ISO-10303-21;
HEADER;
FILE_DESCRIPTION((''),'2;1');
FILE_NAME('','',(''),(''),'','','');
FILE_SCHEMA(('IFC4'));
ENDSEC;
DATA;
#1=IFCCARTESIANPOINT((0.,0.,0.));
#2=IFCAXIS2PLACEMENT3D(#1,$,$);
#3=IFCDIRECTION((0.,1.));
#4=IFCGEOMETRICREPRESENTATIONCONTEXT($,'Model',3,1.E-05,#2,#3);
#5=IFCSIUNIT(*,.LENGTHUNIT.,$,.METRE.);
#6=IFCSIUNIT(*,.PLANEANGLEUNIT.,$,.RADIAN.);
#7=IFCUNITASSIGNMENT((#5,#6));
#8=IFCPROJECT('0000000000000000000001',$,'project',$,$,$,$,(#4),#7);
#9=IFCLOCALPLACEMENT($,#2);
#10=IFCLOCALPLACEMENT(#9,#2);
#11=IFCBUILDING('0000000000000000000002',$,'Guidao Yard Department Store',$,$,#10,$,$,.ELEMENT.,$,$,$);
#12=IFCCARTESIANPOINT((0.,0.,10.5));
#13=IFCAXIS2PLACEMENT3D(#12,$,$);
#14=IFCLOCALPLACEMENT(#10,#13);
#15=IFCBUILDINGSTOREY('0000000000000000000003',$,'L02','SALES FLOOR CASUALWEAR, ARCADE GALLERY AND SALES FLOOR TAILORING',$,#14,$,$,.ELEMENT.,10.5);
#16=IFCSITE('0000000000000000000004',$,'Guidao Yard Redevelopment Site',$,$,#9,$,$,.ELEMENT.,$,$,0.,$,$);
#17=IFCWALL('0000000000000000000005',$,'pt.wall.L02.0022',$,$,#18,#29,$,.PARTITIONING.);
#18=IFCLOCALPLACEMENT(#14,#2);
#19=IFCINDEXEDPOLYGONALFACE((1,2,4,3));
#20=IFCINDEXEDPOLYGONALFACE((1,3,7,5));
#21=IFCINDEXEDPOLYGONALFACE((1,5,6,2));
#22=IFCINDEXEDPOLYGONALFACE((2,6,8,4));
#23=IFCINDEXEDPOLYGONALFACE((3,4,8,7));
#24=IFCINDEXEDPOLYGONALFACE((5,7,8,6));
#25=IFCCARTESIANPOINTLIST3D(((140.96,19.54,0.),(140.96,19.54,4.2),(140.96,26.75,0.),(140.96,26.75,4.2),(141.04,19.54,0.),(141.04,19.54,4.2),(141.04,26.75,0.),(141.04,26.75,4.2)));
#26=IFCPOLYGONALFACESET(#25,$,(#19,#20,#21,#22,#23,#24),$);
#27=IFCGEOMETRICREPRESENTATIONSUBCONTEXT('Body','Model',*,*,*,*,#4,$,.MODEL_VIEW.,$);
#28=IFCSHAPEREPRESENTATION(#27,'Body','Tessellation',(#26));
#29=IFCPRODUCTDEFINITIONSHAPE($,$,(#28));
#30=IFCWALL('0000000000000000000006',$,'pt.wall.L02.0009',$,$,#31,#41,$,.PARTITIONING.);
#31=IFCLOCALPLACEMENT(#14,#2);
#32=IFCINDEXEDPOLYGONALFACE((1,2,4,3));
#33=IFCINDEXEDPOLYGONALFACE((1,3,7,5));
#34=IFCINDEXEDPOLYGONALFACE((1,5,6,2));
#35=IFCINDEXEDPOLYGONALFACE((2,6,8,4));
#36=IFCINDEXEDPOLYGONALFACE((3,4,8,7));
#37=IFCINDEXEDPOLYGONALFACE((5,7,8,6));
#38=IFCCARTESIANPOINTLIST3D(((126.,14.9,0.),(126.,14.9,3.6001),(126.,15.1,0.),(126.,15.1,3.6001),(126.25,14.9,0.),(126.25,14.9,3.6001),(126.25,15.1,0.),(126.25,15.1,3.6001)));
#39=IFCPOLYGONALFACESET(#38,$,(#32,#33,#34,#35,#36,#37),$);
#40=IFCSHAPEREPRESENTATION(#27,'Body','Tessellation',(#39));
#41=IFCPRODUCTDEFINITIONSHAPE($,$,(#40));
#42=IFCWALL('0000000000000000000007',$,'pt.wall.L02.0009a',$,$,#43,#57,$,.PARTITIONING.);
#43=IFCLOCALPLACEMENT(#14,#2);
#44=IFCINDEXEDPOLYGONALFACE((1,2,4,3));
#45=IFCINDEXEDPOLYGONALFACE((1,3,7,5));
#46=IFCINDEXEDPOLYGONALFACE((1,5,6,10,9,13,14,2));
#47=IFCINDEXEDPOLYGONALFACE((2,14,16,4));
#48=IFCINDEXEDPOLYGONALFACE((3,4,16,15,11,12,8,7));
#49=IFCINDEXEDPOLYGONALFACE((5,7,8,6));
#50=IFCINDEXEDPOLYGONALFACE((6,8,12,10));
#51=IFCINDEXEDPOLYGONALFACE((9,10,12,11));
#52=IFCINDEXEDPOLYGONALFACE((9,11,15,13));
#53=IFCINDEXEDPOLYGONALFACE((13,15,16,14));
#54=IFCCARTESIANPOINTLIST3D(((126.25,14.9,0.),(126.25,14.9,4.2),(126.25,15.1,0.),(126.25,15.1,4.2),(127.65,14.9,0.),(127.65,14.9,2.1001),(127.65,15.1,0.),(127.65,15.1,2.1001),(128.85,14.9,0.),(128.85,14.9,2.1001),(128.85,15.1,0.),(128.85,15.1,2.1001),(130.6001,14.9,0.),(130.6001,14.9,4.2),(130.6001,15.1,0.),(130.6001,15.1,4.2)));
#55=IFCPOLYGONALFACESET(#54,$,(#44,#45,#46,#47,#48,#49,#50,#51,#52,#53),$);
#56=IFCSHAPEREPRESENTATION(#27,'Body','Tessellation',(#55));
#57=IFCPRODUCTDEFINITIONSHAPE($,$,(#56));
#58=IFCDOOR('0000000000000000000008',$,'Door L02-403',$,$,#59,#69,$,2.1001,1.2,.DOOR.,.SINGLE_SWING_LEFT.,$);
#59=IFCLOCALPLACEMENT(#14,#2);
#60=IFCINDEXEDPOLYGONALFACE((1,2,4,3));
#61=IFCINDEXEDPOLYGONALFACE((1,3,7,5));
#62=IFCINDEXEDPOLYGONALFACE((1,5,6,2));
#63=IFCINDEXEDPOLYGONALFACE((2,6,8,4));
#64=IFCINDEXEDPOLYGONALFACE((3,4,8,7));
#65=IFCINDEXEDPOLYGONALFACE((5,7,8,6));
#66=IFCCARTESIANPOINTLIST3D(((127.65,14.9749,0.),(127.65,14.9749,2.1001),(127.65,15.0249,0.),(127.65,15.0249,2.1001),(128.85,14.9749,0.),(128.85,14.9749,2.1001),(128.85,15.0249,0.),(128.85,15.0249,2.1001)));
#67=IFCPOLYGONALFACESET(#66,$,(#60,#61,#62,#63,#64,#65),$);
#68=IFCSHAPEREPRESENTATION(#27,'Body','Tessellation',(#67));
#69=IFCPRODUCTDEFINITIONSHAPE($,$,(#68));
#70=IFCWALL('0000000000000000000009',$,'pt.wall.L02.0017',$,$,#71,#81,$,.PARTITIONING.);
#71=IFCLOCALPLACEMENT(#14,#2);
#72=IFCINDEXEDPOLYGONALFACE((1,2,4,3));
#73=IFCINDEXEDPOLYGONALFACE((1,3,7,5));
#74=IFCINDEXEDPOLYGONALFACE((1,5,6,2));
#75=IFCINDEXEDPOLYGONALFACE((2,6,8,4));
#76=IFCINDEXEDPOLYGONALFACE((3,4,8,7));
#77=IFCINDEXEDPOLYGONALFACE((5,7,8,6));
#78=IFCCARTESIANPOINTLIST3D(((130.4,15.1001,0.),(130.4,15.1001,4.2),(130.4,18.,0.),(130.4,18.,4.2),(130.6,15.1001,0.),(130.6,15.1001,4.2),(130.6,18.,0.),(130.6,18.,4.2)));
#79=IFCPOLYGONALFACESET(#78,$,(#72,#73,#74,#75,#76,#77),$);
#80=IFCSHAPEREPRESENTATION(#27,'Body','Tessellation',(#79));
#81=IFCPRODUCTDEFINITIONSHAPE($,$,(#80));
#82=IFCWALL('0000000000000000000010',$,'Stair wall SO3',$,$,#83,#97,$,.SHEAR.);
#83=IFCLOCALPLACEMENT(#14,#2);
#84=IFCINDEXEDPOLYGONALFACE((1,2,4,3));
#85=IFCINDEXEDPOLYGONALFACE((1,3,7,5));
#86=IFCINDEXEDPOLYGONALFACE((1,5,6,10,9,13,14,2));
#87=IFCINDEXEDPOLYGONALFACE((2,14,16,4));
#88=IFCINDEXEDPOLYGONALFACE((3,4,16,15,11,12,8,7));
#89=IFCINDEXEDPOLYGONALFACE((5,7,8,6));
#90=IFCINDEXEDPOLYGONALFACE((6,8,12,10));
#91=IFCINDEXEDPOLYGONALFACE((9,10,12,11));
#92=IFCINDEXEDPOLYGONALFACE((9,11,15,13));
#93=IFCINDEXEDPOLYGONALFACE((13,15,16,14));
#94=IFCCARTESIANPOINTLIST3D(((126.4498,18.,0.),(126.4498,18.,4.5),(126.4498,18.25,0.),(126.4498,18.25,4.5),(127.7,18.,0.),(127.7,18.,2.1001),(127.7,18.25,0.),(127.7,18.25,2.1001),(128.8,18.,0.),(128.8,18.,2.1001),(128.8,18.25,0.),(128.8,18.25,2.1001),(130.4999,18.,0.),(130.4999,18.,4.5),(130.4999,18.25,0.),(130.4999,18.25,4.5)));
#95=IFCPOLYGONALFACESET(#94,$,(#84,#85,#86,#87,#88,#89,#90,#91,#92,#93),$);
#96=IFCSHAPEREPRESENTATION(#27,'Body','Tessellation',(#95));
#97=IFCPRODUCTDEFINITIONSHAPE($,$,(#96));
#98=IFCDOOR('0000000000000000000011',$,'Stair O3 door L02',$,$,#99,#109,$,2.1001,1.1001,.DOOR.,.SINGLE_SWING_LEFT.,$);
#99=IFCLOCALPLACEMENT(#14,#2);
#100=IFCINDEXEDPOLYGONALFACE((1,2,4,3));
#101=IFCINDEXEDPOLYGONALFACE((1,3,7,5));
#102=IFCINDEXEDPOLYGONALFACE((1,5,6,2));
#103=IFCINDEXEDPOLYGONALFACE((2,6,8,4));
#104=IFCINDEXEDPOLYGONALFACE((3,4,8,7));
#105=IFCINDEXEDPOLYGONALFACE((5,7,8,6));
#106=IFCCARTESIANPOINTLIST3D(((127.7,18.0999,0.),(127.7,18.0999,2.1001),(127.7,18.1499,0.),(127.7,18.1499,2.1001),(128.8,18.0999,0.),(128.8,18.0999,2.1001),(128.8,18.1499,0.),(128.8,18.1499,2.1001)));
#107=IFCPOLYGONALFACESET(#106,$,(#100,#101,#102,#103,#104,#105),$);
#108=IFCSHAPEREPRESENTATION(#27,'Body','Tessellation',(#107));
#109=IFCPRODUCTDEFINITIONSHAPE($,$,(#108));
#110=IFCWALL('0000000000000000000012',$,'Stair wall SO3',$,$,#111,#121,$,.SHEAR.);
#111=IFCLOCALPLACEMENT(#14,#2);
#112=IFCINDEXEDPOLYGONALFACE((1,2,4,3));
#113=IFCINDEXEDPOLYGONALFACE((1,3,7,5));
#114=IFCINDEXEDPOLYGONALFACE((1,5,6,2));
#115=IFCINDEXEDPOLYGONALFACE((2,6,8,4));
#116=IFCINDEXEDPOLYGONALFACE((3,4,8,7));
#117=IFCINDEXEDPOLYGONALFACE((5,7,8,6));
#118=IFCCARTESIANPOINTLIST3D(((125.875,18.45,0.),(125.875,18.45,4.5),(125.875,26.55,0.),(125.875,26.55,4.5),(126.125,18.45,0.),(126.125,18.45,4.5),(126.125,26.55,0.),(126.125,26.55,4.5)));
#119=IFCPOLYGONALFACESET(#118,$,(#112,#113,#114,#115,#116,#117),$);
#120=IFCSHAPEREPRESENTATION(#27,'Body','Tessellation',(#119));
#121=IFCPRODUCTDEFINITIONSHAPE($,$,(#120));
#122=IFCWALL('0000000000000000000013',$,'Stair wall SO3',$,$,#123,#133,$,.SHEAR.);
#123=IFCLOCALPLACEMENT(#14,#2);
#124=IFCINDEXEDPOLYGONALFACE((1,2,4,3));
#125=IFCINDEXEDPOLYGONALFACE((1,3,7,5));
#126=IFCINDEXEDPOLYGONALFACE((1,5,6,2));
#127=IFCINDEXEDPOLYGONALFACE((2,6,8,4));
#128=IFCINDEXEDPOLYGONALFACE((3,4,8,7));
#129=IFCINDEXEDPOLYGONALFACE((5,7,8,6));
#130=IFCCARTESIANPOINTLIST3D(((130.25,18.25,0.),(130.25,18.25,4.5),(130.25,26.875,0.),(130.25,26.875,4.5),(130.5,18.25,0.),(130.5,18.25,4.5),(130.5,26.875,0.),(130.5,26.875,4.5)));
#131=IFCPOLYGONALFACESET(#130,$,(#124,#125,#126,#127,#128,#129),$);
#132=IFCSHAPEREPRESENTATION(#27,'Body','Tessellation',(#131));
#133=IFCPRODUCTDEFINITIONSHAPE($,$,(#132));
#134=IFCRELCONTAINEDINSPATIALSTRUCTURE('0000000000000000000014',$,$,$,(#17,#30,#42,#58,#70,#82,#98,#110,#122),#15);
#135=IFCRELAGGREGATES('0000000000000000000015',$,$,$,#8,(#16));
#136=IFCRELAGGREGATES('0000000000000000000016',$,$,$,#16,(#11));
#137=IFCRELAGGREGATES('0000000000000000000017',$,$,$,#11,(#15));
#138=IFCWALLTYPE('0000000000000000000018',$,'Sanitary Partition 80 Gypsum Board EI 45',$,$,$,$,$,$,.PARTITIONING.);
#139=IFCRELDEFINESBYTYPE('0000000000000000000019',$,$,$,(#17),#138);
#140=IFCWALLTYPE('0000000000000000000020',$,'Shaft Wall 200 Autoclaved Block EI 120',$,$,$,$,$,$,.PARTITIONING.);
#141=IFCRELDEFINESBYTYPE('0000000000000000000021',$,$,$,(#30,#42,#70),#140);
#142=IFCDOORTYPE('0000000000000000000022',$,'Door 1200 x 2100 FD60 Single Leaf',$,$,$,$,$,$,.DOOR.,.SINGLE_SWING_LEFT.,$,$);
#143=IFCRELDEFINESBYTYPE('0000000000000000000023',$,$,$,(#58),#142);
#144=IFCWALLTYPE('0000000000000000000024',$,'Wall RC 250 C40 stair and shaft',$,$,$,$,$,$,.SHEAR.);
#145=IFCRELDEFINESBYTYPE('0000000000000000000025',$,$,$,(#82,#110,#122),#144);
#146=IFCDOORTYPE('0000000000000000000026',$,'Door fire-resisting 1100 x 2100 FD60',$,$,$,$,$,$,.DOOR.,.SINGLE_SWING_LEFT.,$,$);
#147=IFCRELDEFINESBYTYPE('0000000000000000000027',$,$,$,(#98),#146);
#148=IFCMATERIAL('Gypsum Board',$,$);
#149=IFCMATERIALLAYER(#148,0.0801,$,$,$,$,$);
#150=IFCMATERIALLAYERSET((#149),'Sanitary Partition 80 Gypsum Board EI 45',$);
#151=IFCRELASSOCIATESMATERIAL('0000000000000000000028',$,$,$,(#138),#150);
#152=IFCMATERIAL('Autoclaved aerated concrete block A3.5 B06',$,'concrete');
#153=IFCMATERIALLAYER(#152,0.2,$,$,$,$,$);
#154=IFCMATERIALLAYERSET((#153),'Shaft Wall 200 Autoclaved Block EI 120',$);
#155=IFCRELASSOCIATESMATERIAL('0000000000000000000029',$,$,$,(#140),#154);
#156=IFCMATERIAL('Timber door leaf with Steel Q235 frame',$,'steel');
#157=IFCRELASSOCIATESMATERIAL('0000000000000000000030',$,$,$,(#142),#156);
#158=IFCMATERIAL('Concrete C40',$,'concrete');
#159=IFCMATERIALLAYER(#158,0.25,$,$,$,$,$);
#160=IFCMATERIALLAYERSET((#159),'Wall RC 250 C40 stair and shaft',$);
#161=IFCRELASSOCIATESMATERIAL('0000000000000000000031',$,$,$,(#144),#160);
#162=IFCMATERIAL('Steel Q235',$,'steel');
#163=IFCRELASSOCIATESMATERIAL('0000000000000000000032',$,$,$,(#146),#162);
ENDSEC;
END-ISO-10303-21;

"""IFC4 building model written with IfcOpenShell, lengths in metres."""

from ifc_helpers import new_model, si_unit, direction, frame, frame_2d, origin, place, context, subcontext, project, spatial, rectangle, extrude, material, layer, layer_set, type_object, element, fill, save


model = new_model("IFC4")

# Units and contexts
model_context = context("Model", 3, precision=1e-05, world=origin(), true_north=direction((0.0, 1.0)))
body_context = subcontext(model_context, "Body", "Model", "MODEL_VIEW")
ifc_project = project(units=[si_unit("LENGTHUNIT", "METRE"), si_unit("PLANEANGLEUNIT", "RADIAN")], contexts=[model_context])

# Site, building, storey
site_placement = place(None, origin())
site = spatial("IfcSite", under=ifc_project, at=site_placement, Name="Guidao Yard Redevelopment Site", CompositionType="ELEMENT", RefElevation=0.0)
building_placement = place(site_placement, origin())
building = spatial("IfcBuilding", under=site, at=building_placement, Name="Guidao Yard Department Store", CompositionType="ELEMENT")
storey_placement = place(building_placement, frame((0.0, 0.0, 10.5)))
storey = spatial("IfcBuildingStorey", under=building, at=storey_placement, Name="L02", Description="SALES FLOOR CASUALWEAR, ARCADE GALLERY AND SALES FLOOR TAILORING", CompositionType="ELEMENT", Elevation=10.5)

# Shared definitions
ifc_material_1 = material(Name="Gypsum Board")
ifc_layer_1 = layer(ifc_material_1, 0.0801)
ifc_layer_set_1 = layer_set([ifc_layer_1], Name="Sanitary Partition 80 Gypsum Board EI 45")
wall_type_1 = type_object("IfcWallType", Name="Sanitary Partition 80 Gypsum Board EI 45", PredefinedType="PARTITIONING", material=ifc_layer_set_1)

# Walls
wall_1_placement = place(storey_placement, frame((141.0, 19.54, 0.0), z_axis=(0.0, 0.0, 1.0), x_axis=(0.0, 1.0, 0.0)))
element("IfcWall", 1, at=wall_1_placement, inside=storey, type_object=wall_type_1, Name="pt.wall.L02.0022", PredefinedType="PARTITIONING", context=body_context, shape_type="SweptSolid", body=[
    extrude(rectangle(XDim=7.21, YDim=0.0801, at=frame_2d((3.605, 0.0))), origin(), (0.0, 0.0, 1.0), 4.2),
])
ifc_material_2 = material(Name="Autoclaved aerated concrete block A3.5 B06", Category="concrete")
ifc_layer_2 = layer(ifc_material_2, 0.2)
ifc_layer_set_2 = layer_set([ifc_layer_2], Name="Shaft Wall 200 Autoclaved Block EI 120")
wall_type_2 = type_object("IfcWallType", Name="Shaft Wall 200 Autoclaved Block EI 120", PredefinedType="PARTITIONING", material=ifc_layer_set_2)
wall_2_placement = place(storey_placement, frame((126.0, 15.0, 0.0), z_axis=(0.0, 0.0, 1.0), x_axis=(1.0, 0.0, 0.0)))
element("IfcWall", 2, at=wall_2_placement, inside=storey, type_object=wall_type_2, Name="pt.wall.L02.0009", PredefinedType="PARTITIONING", context=body_context, shape_type="SweptSolid", body=[
    extrude(rectangle(XDim=0.25, YDim=0.2, at=frame_2d((0.125, 0.0))), origin(), (0.0, 0.0, 1.0), 3.6001),
])

# Wall, opening, door
wall_3_placement = place(storey_placement, frame((126.25, 15.0, 0.0), z_axis=(0.0, 0.0, 1.0), x_axis=(1.0, 0.0, 0.0)))
wall_3 = element("IfcWall", 3, at=wall_3_placement, inside=storey, type_object=wall_type_2, Name="pt.wall.L02.0009a", PredefinedType="PARTITIONING", context=body_context, shape_type="SweptSolid", body=[
    extrude(rectangle(XDim=4.3501, YDim=0.2, at=frame_2d((2.175, 0.0))), origin(), (0.0, 0.0, 1.0), 4.2),
])
opening_1_placement = place(wall_3_placement, frame((1.3999, 0.0, 0.0)))
opening_1 = element("IfcOpeningElement", 4, at=opening_1_placement, cuts=wall_3, PredefinedType="OPENING", context=body_context, shape_type="SweptSolid", body=[
    extrude(rectangle(XDim=1.2, YDim=2.1001, at=frame_2d((0.6001, 1.05))), frame((0.0, 0.1099, 0.0), z_axis=(0.0, -1.0, 0.0), x_axis=(1.0, 0.0, 0.0)), (0.0, 0.0, 1.0), 0.22),
])
ifc_material_3 = material(Name="Timber door leaf with Steel Q235 frame", Category="steel")
door_type_1 = type_object("IfcDoorType", Name="Door 1200 x 2100 FD60 Single Leaf", OperationType="SINGLE_SWING_LEFT", PredefinedType="DOOR", material=ifc_material_3)
door_1_placement = place(opening_1_placement, origin())
door_1 = element("IfcDoor", 5, at=door_1_placement, inside=storey, type_object=door_type_1, Name="Door L02-403", OperationType="SINGLE_SWING_LEFT", OverallHeight=2.1001, OverallWidth=1.2, PredefinedType="DOOR", context=body_context, shape_type="SweptSolid", body=[
    extrude(rectangle(XDim=1.2, YDim=2.1001, at=frame_2d((0.6001, 1.05))), frame((0.0, 0.0249, 0.0), z_axis=(0.0, -1.0, 0.0), x_axis=(1.0, 0.0, 0.0)), (0.0, 0.0, 1.0), 0.05),
])
fill(opening_1, door_1)

# Wall
wall_4_placement = place(storey_placement, frame((130.5, 15.1001, 0.0), z_axis=(0.0, 0.0, 1.0), x_axis=(0.0, 1.0, 0.0)))
element("IfcWall", 6, at=wall_4_placement, inside=storey, type_object=wall_type_2, Name="pt.wall.L02.0017", PredefinedType="PARTITIONING", context=body_context, shape_type="SweptSolid", body=[
    extrude(rectangle(XDim=2.8999, YDim=0.2, at=frame_2d((1.45, 0.0))), origin(), (0.0, 0.0, 1.0), 4.2),
])

# Wall, opening, door
ifc_material_4 = material(Name="Concrete C40", Category="concrete")
ifc_layer_3 = layer(ifc_material_4, 0.25)
ifc_layer_set_3 = layer_set([ifc_layer_3], Name="Wall RC 250 C40 stair and shaft")
wall_type_3 = type_object("IfcWallType", Name="Wall RC 250 C40 stair and shaft", PredefinedType="SHEAR", material=ifc_layer_set_3)
wall_5_placement = place(storey_placement, frame((126.45, 18.125, 0.0), z_axis=(0.0, 0.0, 1.0), x_axis=(1.0, 0.0, 0.0)))
wall_5 = element("IfcWall", 7, at=wall_5_placement, inside=storey, type_object=wall_type_3, Name="Stair wall SO3", PredefinedType="SHEAR", context=body_context, shape_type="SweptSolid", body=[
    extrude(rectangle(XDim=4.05, YDim=0.25, at=frame_2d((2.0249, 0.0))), origin(), (0.0, 0.0, 1.0), 4.5),
])
opening_2_placement = place(wall_5_placement, frame((1.25, 0.0, 0.0)))
opening_2 = element("IfcOpeningElement", 8, at=opening_2_placement, cuts=wall_5, PredefinedType="OPENING", context=body_context, shape_type="SweptSolid", body=[
    extrude(rectangle(XDim=1.1001, YDim=2.1001, at=frame_2d((0.55, 1.05))), frame((0.0, 0.135, 0.0), z_axis=(0.0, -1.0, 0.0), x_axis=(1.0, 0.0, 0.0)), (0.0, 0.0, 1.0), 0.27),
])
ifc_material_5 = material(Name="Steel Q235", Category="steel")
door_type_2 = type_object("IfcDoorType", Name="Door fire-resisting 1100 x 2100 FD60", OperationType="SINGLE_SWING_LEFT", PredefinedType="DOOR", material=ifc_material_5)
door_2_placement = place(opening_2_placement, origin())
door_2 = element("IfcDoor", 9, at=door_2_placement, inside=storey, type_object=door_type_2, Name="Stair O3 door L02", OperationType="SINGLE_SWING_LEFT", OverallHeight=2.1001, OverallWidth=1.1001, PredefinedType="DOOR", context=body_context, shape_type="SweptSolid", body=[
    extrude(rectangle(XDim=1.1001, YDim=2.1001, at=frame_2d((0.55, 1.05))), frame((0.0, 0.0249, 0.0), z_axis=(0.0, -1.0, 0.0), x_axis=(1.0, 0.0, 0.0)), (0.0, 0.0, 1.0), 0.05),
])
fill(opening_2, door_2)

# Walls
wall_6_placement = place(storey_placement, frame((126.0, 18.45, 0.0), z_axis=(0.0, 0.0, 1.0), x_axis=(0.0, 1.0, 0.0)))
element("IfcWall", 10, at=wall_6_placement, inside=storey, type_object=wall_type_3, Name="Stair wall SO3", PredefinedType="SHEAR", context=body_context, shape_type="SweptSolid", body=[
    extrude(rectangle(XDim=8.1001, YDim=0.25, at=frame_2d((4.05, 0.0))), origin(), (0.0, 0.0, 1.0), 4.5),
])
wall_7_placement = place(storey_placement, frame((130.375, 18.25, 0.0), z_axis=(0.0, 0.0, 1.0), x_axis=(0.0, 1.0, 0.0)))
element("IfcWall", 11, at=wall_7_placement, inside=storey, type_object=wall_type_3, Name="Stair wall SO3", PredefinedType="SHEAR", context=body_context, shape_type="SweptSolid", body=[
    extrude(rectangle(XDim=8.625, YDim=0.25, at=frame_2d((4.3125, 0.0))), origin(), (0.0, 0.0, 1.0), 4.5),
])

save(model, "model.ifc")
